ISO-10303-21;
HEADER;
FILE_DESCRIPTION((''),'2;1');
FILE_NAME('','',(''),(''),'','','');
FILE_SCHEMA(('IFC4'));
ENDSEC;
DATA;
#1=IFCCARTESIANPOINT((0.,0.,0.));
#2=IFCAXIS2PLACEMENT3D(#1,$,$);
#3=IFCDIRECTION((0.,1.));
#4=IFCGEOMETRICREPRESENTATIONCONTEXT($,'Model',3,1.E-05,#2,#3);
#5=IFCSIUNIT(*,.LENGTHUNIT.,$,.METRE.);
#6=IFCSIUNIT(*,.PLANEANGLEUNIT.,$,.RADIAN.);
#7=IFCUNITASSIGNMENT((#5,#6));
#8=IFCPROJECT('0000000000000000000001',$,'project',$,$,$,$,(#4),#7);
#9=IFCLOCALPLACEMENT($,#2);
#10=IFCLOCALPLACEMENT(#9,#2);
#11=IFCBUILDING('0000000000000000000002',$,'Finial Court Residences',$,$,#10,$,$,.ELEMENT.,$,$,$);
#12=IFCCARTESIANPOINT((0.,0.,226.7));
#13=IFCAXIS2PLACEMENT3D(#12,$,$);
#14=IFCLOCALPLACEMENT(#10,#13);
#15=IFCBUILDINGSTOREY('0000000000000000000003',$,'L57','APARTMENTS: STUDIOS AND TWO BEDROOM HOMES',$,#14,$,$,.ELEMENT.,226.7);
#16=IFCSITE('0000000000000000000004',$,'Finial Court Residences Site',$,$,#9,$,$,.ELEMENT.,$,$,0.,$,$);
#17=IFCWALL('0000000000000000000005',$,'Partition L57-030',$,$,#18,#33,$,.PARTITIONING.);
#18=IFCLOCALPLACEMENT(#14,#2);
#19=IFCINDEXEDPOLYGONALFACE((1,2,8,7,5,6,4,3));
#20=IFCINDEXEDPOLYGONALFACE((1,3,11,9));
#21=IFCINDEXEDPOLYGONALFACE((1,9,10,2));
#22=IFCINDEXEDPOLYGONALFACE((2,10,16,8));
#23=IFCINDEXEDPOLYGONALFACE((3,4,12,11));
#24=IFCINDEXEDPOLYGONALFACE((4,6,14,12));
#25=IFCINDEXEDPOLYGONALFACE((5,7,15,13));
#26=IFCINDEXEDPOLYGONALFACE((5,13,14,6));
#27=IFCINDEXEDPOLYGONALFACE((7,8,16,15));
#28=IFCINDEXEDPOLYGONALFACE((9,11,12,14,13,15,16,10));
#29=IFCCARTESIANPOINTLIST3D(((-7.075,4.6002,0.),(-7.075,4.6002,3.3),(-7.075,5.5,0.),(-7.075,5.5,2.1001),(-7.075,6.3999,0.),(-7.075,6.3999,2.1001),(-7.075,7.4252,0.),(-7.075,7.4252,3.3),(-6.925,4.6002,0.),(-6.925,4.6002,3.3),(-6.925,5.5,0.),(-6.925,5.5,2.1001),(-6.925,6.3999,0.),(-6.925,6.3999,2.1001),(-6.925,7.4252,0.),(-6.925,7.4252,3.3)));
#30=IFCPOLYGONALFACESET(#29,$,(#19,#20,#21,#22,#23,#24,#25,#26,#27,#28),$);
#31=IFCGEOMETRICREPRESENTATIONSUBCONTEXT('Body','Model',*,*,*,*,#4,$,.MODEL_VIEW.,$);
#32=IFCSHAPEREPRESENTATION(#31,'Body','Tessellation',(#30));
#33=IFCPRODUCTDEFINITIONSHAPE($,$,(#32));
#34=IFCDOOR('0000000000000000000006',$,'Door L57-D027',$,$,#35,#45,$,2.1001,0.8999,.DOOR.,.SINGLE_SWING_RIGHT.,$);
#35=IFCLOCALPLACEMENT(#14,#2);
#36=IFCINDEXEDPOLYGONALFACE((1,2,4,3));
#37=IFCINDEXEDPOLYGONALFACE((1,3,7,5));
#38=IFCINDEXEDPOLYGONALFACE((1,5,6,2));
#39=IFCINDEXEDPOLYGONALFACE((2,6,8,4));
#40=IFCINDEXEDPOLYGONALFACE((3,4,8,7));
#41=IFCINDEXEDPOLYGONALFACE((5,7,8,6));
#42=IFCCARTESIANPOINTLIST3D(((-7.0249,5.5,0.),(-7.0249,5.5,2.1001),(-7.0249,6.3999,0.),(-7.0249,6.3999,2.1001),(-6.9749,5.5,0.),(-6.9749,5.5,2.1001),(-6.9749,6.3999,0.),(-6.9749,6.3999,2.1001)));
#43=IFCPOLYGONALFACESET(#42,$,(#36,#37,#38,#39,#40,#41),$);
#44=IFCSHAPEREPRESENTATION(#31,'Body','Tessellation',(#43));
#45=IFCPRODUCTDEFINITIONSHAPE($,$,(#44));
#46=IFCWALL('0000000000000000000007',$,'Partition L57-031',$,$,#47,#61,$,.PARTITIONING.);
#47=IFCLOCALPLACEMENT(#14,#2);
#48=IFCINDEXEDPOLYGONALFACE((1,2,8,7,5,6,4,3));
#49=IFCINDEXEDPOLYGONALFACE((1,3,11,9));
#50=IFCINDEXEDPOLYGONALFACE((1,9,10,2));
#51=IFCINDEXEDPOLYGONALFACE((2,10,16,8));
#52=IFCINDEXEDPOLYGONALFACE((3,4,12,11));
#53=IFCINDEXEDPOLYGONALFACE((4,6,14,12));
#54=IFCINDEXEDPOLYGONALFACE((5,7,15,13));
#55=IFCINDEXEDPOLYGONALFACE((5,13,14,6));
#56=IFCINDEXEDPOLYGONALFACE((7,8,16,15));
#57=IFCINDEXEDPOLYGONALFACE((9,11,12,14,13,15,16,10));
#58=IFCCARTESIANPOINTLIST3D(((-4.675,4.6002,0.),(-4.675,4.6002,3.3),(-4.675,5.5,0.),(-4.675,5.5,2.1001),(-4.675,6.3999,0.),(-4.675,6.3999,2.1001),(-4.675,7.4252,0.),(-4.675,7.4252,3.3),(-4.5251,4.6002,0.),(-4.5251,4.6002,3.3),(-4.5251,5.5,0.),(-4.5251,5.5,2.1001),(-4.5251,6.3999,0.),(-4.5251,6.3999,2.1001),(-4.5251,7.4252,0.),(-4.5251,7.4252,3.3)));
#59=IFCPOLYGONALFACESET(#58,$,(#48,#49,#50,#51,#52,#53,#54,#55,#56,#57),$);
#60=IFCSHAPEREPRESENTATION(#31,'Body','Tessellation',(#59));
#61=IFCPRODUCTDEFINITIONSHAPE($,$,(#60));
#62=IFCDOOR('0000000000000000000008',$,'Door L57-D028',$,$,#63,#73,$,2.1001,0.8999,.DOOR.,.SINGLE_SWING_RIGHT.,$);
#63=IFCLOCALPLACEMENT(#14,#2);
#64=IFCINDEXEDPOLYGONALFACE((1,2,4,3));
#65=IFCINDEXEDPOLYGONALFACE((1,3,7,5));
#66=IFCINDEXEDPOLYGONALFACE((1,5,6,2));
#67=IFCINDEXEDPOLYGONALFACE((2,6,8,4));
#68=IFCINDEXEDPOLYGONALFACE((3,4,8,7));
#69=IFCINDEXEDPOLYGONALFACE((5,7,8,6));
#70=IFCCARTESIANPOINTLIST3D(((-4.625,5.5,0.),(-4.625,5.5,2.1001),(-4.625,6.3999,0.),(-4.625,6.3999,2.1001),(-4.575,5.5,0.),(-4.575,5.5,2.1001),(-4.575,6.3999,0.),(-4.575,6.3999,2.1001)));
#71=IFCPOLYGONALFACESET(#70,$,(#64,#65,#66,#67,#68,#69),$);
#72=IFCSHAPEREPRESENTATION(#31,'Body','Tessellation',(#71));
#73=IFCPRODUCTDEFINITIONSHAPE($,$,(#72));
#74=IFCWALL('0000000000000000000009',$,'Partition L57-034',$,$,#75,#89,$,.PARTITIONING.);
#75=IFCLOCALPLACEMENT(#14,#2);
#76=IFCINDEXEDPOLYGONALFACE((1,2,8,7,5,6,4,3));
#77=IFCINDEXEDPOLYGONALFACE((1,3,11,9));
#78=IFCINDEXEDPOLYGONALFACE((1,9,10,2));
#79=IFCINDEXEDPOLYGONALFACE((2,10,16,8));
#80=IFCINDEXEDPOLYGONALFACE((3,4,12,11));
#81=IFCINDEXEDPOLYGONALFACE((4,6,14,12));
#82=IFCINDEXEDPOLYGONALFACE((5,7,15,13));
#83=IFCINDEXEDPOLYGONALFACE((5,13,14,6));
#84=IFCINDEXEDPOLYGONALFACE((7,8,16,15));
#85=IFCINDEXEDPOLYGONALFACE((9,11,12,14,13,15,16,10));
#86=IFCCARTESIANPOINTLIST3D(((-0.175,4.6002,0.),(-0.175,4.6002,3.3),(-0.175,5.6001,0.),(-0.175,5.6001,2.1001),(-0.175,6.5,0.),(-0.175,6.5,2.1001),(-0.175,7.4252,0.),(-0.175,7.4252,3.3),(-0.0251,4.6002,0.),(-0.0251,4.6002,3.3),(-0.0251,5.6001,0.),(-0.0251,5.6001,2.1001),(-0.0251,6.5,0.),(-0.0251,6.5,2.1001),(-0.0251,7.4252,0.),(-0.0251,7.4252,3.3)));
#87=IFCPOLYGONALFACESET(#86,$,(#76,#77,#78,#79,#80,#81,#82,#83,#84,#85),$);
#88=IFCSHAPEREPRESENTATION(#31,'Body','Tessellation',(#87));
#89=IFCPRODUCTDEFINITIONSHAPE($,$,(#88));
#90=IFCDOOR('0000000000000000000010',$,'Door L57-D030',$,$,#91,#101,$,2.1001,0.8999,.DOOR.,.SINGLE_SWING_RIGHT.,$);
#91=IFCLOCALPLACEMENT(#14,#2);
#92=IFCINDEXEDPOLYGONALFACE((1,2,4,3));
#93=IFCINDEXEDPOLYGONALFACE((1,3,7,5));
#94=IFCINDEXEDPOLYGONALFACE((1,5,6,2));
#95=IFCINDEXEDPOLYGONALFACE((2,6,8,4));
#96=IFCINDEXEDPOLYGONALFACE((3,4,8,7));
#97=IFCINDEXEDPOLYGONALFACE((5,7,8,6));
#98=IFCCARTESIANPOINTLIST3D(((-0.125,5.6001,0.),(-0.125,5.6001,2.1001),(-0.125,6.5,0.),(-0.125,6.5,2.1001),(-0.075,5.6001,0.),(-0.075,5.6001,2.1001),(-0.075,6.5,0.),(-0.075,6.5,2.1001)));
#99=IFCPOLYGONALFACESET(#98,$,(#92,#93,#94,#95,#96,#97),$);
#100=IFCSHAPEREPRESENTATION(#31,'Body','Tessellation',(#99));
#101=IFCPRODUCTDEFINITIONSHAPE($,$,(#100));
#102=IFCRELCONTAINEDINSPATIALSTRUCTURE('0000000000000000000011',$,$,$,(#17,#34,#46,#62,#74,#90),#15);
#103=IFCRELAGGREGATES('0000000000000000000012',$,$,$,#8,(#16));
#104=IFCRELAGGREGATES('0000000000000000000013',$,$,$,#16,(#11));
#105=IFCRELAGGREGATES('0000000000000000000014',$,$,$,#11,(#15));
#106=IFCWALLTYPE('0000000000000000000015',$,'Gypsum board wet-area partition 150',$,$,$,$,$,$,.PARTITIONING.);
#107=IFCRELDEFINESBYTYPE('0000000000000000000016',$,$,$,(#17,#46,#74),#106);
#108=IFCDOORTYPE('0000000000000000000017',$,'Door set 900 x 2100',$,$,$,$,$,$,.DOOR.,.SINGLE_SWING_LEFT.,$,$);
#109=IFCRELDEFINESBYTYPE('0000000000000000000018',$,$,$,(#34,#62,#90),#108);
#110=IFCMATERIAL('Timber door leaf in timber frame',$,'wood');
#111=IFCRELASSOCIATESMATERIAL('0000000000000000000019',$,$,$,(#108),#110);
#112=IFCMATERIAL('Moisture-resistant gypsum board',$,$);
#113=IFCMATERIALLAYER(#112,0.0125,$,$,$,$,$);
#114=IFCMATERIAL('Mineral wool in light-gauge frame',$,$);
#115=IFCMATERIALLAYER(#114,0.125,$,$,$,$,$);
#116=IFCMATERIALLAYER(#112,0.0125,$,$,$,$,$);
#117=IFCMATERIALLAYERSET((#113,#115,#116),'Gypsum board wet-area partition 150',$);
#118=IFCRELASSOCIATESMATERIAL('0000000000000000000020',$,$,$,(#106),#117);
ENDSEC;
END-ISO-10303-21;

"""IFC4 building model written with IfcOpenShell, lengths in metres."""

from ifc_helpers import new_model, si_unit, direction, frame, frame_2d, origin, place, context, subcontext, project, spatial, rectangle, extrude, material, layer, layer_set, type_object, element, fill, save


model = new_model("IFC4")

# Units and contexts
model_context = context("Model", 3, precision=1e-05, world=origin(), true_north=direction((0.0, 1.0)))
body_context = subcontext(model_context, "Body", "Model", "MODEL_VIEW")
ifc_project = project(units=[si_unit("LENGTHUNIT", "METRE"), si_unit("PLANEANGLEUNIT", "RADIAN")], contexts=[model_context])

# Site, building, storey
site_placement = place(None, origin())
site = spatial("IfcSite", under=ifc_project, at=site_placement, Name="Finial Court Residences Site", CompositionType="ELEMENT", RefElevation=0.0)
building_placement = place(site_placement, origin())
building = spatial("IfcBuilding", under=site, at=building_placement, Name="Finial Court Residences", CompositionType="ELEMENT")
storey_placement = place(building_placement, frame((0.0, 0.0, 226.7)))
storey = spatial("IfcBuildingStorey", under=building, at=storey_placement, Name="L57", Description="APARTMENTS: STUDIOS AND TWO BEDROOM HOMES", CompositionType="ELEMENT", Elevation=226.7)

# Shared definitions
ifc_material_1 = material(Name="Mineral wool in light-gauge frame")
ifc_material_2 = material(Name="Timber door leaf in timber frame", Category="wood")
door_type = type_object("IfcDoorType", Name="Door set 900 x 2100", OperationType="SINGLE_SWING_LEFT", PredefinedType="DOOR", material=ifc_material_2)

# Shared definitions
ifc_material_3 = material(Name="Moisture-resistant gypsum board")
ifc_layer_1 = layer(ifc_material_3, 0.0125)
ifc_layer_2 = layer(ifc_material_1, 0.125)
ifc_layer_3 = layer(ifc_material_3, 0.0125)
ifc_layer_set_1 = layer_set([ifc_layer_1, ifc_layer_2, ifc_layer_3], Name="Gypsum board wet-area partition 150")
wall_type_1 = type_object("IfcWallType", Name="Gypsum board wet-area partition 150", PredefinedType="PARTITIONING", material=ifc_layer_set_1)

# Walls, openings, doors
wall_1_placement = place(storey_placement, frame((-7.0, 4.6001, 0.0), z_axis=(0.0, 0.0, 1.0), x_axis=(0.0, 1.0, 0.0)))
wall_1 = element("IfcWall", 1, at=wall_1_placement, inside=storey, type_object=wall_type_1, Name="Partition L57-030", PredefinedType="PARTITIONING", context=body_context, shape_type="SweptSolid", body=[
    extrude(rectangle(XDim=2.825, YDim=0.1499, at=frame_2d((1.4126, 0.0))), origin(), (0.0, 0.0, 1.0), 3.3),
])
opening_1_placement = place(wall_1_placement, frame((0.8999, 0.0, 0.0)))
opening_1 = element("IfcOpeningElement", 2, at=opening_1_placement, cuts=wall_1, PredefinedType="OPENING", context=body_context, shape_type="SweptSolid", body=[
    extrude(rectangle(XDim=0.8999, YDim=2.1001, at=frame_2d((0.45, 1.05))), frame((0.0, 0.085, 0.0), z_axis=(0.0, -1.0, 0.0), x_axis=(1.0, 0.0, 0.0)), (0.0, 0.0, 1.0), 0.1699),
])
door_1_placement = place(opening_1_placement, origin())
door_1 = element("IfcDoor", 3, at=door_1_placement, inside=storey, type_object=door_type, Name="Door L57-D027", OperationType="SINGLE_SWING_RIGHT", OverallHeight=2.1001, OverallWidth=0.8999, PredefinedType="DOOR", context=body_context, shape_type="SweptSolid", body=[
    extrude(rectangle(XDim=0.8999, YDim=2.1001, at=frame_2d((0.45, 1.05))), frame((0.0, 0.0249, 0.0), z_axis=(0.0, -1.0, 0.0), x_axis=(1.0, 0.0, 0.0)), (0.0, 0.0, 1.0), 0.05),
])
fill(opening_1, door_1)
wall_2_placement = place(storey_placement, frame((-4.6001, 4.6001, 0.0), z_axis=(0.0, 0.0, 1.0), x_axis=(0.0, 1.0, 0.0)))
wall_2 = element("IfcWall", 4, at=wall_2_placement, inside=storey, type_object=wall_type_1, Name="Partition L57-031", PredefinedType="PARTITIONING", context=body_context, shape_type="SweptSolid", body=[
    extrude(rectangle(XDim=2.825, YDim=0.1499, at=frame_2d((1.4126, 0.0))), origin(), (0.0, 0.0, 1.0), 3.3),
])
opening_2_placement = place(wall_2_placement, frame((0.8999, 0.0, 0.0)))
opening_2 = element("IfcOpeningElement", 5, at=opening_2_placement, cuts=wall_2, PredefinedType="OPENING", context=body_context, shape_type="SweptSolid", body=[
    extrude(rectangle(XDim=0.8999, YDim=2.1001, at=frame_2d((0.45, 1.05))), frame((0.0, 0.085, 0.0), z_axis=(0.0, -1.0, 0.0), x_axis=(1.0, 0.0, 0.0)), (0.0, 0.0, 1.0), 0.1699),
])
door_2_placement = place(opening_2_placement, origin())
door_2 = element("IfcDoor", 6, at=door_2_placement, inside=storey, type_object=door_type, Name="Door L57-D028", OperationType="SINGLE_SWING_RIGHT", OverallHeight=2.1001, OverallWidth=0.8999, PredefinedType="DOOR", context=body_context, shape_type="SweptSolid", body=[
    extrude(rectangle(XDim=0.8999, YDim=2.1001, at=frame_2d((0.45, 1.05))), frame((0.0, 0.0249, 0.0), z_axis=(0.0, -1.0, 0.0), x_axis=(1.0, 0.0, 0.0)), (0.0, 0.0, 1.0), 0.05),
])
fill(opening_2, door_2)
wall_3_placement = place(storey_placement, frame((-0.1001, 4.6001, 0.0), z_axis=(0.0, 0.0, 1.0), x_axis=(0.0, 1.0, 0.0)))
wall_3 = element("IfcWall", 7, at=wall_3_placement, inside=storey, type_object=wall_type_1, Name="Partition L57-034", PredefinedType="PARTITIONING", context=body_context, shape_type="SweptSolid", body=[
    extrude(rectangle(XDim=2.825, YDim=0.1499, at=frame_2d((1.4126, 0.0))), origin(), (0.0, 0.0, 1.0), 3.3),
])
opening_3_placement = place(wall_3_placement, frame((1.0, 0.0, 0.0)))
opening_3 = element("IfcOpeningElement", 8, at=opening_3_placement, cuts=wall_3, PredefinedType="OPENING", context=body_context, shape_type="SweptSolid", body=[
    extrude(rectangle(XDim=0.8999, YDim=2.1001, at=frame_2d((0.45, 1.05))), frame((0.0, 0.085, 0.0), z_axis=(0.0, -1.0, 0.0), x_axis=(1.0, 0.0, 0.0)), (0.0, 0.0, 1.0), 0.1699),
])
door_3_placement = place(opening_3_placement, origin())
door_3 = element("IfcDoor", 9, at=door_3_placement, inside=storey, type_object=door_type, Name="Door L57-D030", OperationType="SINGLE_SWING_RIGHT", OverallHeight=2.1001, OverallWidth=0.8999, PredefinedType="DOOR", context=body_context, shape_type="SweptSolid", body=[
    extrude(rectangle(XDim=0.8999, YDim=2.1001, at=frame_2d((0.45, 1.05))), frame((0.0, 0.0249, 0.0), z_axis=(0.0, -1.0, 0.0), x_axis=(1.0, 0.0, 0.0)), (0.0, 0.0, 1.0), 0.05),
])
fill(opening_3, door_3)

save(model, "model.ifc")
